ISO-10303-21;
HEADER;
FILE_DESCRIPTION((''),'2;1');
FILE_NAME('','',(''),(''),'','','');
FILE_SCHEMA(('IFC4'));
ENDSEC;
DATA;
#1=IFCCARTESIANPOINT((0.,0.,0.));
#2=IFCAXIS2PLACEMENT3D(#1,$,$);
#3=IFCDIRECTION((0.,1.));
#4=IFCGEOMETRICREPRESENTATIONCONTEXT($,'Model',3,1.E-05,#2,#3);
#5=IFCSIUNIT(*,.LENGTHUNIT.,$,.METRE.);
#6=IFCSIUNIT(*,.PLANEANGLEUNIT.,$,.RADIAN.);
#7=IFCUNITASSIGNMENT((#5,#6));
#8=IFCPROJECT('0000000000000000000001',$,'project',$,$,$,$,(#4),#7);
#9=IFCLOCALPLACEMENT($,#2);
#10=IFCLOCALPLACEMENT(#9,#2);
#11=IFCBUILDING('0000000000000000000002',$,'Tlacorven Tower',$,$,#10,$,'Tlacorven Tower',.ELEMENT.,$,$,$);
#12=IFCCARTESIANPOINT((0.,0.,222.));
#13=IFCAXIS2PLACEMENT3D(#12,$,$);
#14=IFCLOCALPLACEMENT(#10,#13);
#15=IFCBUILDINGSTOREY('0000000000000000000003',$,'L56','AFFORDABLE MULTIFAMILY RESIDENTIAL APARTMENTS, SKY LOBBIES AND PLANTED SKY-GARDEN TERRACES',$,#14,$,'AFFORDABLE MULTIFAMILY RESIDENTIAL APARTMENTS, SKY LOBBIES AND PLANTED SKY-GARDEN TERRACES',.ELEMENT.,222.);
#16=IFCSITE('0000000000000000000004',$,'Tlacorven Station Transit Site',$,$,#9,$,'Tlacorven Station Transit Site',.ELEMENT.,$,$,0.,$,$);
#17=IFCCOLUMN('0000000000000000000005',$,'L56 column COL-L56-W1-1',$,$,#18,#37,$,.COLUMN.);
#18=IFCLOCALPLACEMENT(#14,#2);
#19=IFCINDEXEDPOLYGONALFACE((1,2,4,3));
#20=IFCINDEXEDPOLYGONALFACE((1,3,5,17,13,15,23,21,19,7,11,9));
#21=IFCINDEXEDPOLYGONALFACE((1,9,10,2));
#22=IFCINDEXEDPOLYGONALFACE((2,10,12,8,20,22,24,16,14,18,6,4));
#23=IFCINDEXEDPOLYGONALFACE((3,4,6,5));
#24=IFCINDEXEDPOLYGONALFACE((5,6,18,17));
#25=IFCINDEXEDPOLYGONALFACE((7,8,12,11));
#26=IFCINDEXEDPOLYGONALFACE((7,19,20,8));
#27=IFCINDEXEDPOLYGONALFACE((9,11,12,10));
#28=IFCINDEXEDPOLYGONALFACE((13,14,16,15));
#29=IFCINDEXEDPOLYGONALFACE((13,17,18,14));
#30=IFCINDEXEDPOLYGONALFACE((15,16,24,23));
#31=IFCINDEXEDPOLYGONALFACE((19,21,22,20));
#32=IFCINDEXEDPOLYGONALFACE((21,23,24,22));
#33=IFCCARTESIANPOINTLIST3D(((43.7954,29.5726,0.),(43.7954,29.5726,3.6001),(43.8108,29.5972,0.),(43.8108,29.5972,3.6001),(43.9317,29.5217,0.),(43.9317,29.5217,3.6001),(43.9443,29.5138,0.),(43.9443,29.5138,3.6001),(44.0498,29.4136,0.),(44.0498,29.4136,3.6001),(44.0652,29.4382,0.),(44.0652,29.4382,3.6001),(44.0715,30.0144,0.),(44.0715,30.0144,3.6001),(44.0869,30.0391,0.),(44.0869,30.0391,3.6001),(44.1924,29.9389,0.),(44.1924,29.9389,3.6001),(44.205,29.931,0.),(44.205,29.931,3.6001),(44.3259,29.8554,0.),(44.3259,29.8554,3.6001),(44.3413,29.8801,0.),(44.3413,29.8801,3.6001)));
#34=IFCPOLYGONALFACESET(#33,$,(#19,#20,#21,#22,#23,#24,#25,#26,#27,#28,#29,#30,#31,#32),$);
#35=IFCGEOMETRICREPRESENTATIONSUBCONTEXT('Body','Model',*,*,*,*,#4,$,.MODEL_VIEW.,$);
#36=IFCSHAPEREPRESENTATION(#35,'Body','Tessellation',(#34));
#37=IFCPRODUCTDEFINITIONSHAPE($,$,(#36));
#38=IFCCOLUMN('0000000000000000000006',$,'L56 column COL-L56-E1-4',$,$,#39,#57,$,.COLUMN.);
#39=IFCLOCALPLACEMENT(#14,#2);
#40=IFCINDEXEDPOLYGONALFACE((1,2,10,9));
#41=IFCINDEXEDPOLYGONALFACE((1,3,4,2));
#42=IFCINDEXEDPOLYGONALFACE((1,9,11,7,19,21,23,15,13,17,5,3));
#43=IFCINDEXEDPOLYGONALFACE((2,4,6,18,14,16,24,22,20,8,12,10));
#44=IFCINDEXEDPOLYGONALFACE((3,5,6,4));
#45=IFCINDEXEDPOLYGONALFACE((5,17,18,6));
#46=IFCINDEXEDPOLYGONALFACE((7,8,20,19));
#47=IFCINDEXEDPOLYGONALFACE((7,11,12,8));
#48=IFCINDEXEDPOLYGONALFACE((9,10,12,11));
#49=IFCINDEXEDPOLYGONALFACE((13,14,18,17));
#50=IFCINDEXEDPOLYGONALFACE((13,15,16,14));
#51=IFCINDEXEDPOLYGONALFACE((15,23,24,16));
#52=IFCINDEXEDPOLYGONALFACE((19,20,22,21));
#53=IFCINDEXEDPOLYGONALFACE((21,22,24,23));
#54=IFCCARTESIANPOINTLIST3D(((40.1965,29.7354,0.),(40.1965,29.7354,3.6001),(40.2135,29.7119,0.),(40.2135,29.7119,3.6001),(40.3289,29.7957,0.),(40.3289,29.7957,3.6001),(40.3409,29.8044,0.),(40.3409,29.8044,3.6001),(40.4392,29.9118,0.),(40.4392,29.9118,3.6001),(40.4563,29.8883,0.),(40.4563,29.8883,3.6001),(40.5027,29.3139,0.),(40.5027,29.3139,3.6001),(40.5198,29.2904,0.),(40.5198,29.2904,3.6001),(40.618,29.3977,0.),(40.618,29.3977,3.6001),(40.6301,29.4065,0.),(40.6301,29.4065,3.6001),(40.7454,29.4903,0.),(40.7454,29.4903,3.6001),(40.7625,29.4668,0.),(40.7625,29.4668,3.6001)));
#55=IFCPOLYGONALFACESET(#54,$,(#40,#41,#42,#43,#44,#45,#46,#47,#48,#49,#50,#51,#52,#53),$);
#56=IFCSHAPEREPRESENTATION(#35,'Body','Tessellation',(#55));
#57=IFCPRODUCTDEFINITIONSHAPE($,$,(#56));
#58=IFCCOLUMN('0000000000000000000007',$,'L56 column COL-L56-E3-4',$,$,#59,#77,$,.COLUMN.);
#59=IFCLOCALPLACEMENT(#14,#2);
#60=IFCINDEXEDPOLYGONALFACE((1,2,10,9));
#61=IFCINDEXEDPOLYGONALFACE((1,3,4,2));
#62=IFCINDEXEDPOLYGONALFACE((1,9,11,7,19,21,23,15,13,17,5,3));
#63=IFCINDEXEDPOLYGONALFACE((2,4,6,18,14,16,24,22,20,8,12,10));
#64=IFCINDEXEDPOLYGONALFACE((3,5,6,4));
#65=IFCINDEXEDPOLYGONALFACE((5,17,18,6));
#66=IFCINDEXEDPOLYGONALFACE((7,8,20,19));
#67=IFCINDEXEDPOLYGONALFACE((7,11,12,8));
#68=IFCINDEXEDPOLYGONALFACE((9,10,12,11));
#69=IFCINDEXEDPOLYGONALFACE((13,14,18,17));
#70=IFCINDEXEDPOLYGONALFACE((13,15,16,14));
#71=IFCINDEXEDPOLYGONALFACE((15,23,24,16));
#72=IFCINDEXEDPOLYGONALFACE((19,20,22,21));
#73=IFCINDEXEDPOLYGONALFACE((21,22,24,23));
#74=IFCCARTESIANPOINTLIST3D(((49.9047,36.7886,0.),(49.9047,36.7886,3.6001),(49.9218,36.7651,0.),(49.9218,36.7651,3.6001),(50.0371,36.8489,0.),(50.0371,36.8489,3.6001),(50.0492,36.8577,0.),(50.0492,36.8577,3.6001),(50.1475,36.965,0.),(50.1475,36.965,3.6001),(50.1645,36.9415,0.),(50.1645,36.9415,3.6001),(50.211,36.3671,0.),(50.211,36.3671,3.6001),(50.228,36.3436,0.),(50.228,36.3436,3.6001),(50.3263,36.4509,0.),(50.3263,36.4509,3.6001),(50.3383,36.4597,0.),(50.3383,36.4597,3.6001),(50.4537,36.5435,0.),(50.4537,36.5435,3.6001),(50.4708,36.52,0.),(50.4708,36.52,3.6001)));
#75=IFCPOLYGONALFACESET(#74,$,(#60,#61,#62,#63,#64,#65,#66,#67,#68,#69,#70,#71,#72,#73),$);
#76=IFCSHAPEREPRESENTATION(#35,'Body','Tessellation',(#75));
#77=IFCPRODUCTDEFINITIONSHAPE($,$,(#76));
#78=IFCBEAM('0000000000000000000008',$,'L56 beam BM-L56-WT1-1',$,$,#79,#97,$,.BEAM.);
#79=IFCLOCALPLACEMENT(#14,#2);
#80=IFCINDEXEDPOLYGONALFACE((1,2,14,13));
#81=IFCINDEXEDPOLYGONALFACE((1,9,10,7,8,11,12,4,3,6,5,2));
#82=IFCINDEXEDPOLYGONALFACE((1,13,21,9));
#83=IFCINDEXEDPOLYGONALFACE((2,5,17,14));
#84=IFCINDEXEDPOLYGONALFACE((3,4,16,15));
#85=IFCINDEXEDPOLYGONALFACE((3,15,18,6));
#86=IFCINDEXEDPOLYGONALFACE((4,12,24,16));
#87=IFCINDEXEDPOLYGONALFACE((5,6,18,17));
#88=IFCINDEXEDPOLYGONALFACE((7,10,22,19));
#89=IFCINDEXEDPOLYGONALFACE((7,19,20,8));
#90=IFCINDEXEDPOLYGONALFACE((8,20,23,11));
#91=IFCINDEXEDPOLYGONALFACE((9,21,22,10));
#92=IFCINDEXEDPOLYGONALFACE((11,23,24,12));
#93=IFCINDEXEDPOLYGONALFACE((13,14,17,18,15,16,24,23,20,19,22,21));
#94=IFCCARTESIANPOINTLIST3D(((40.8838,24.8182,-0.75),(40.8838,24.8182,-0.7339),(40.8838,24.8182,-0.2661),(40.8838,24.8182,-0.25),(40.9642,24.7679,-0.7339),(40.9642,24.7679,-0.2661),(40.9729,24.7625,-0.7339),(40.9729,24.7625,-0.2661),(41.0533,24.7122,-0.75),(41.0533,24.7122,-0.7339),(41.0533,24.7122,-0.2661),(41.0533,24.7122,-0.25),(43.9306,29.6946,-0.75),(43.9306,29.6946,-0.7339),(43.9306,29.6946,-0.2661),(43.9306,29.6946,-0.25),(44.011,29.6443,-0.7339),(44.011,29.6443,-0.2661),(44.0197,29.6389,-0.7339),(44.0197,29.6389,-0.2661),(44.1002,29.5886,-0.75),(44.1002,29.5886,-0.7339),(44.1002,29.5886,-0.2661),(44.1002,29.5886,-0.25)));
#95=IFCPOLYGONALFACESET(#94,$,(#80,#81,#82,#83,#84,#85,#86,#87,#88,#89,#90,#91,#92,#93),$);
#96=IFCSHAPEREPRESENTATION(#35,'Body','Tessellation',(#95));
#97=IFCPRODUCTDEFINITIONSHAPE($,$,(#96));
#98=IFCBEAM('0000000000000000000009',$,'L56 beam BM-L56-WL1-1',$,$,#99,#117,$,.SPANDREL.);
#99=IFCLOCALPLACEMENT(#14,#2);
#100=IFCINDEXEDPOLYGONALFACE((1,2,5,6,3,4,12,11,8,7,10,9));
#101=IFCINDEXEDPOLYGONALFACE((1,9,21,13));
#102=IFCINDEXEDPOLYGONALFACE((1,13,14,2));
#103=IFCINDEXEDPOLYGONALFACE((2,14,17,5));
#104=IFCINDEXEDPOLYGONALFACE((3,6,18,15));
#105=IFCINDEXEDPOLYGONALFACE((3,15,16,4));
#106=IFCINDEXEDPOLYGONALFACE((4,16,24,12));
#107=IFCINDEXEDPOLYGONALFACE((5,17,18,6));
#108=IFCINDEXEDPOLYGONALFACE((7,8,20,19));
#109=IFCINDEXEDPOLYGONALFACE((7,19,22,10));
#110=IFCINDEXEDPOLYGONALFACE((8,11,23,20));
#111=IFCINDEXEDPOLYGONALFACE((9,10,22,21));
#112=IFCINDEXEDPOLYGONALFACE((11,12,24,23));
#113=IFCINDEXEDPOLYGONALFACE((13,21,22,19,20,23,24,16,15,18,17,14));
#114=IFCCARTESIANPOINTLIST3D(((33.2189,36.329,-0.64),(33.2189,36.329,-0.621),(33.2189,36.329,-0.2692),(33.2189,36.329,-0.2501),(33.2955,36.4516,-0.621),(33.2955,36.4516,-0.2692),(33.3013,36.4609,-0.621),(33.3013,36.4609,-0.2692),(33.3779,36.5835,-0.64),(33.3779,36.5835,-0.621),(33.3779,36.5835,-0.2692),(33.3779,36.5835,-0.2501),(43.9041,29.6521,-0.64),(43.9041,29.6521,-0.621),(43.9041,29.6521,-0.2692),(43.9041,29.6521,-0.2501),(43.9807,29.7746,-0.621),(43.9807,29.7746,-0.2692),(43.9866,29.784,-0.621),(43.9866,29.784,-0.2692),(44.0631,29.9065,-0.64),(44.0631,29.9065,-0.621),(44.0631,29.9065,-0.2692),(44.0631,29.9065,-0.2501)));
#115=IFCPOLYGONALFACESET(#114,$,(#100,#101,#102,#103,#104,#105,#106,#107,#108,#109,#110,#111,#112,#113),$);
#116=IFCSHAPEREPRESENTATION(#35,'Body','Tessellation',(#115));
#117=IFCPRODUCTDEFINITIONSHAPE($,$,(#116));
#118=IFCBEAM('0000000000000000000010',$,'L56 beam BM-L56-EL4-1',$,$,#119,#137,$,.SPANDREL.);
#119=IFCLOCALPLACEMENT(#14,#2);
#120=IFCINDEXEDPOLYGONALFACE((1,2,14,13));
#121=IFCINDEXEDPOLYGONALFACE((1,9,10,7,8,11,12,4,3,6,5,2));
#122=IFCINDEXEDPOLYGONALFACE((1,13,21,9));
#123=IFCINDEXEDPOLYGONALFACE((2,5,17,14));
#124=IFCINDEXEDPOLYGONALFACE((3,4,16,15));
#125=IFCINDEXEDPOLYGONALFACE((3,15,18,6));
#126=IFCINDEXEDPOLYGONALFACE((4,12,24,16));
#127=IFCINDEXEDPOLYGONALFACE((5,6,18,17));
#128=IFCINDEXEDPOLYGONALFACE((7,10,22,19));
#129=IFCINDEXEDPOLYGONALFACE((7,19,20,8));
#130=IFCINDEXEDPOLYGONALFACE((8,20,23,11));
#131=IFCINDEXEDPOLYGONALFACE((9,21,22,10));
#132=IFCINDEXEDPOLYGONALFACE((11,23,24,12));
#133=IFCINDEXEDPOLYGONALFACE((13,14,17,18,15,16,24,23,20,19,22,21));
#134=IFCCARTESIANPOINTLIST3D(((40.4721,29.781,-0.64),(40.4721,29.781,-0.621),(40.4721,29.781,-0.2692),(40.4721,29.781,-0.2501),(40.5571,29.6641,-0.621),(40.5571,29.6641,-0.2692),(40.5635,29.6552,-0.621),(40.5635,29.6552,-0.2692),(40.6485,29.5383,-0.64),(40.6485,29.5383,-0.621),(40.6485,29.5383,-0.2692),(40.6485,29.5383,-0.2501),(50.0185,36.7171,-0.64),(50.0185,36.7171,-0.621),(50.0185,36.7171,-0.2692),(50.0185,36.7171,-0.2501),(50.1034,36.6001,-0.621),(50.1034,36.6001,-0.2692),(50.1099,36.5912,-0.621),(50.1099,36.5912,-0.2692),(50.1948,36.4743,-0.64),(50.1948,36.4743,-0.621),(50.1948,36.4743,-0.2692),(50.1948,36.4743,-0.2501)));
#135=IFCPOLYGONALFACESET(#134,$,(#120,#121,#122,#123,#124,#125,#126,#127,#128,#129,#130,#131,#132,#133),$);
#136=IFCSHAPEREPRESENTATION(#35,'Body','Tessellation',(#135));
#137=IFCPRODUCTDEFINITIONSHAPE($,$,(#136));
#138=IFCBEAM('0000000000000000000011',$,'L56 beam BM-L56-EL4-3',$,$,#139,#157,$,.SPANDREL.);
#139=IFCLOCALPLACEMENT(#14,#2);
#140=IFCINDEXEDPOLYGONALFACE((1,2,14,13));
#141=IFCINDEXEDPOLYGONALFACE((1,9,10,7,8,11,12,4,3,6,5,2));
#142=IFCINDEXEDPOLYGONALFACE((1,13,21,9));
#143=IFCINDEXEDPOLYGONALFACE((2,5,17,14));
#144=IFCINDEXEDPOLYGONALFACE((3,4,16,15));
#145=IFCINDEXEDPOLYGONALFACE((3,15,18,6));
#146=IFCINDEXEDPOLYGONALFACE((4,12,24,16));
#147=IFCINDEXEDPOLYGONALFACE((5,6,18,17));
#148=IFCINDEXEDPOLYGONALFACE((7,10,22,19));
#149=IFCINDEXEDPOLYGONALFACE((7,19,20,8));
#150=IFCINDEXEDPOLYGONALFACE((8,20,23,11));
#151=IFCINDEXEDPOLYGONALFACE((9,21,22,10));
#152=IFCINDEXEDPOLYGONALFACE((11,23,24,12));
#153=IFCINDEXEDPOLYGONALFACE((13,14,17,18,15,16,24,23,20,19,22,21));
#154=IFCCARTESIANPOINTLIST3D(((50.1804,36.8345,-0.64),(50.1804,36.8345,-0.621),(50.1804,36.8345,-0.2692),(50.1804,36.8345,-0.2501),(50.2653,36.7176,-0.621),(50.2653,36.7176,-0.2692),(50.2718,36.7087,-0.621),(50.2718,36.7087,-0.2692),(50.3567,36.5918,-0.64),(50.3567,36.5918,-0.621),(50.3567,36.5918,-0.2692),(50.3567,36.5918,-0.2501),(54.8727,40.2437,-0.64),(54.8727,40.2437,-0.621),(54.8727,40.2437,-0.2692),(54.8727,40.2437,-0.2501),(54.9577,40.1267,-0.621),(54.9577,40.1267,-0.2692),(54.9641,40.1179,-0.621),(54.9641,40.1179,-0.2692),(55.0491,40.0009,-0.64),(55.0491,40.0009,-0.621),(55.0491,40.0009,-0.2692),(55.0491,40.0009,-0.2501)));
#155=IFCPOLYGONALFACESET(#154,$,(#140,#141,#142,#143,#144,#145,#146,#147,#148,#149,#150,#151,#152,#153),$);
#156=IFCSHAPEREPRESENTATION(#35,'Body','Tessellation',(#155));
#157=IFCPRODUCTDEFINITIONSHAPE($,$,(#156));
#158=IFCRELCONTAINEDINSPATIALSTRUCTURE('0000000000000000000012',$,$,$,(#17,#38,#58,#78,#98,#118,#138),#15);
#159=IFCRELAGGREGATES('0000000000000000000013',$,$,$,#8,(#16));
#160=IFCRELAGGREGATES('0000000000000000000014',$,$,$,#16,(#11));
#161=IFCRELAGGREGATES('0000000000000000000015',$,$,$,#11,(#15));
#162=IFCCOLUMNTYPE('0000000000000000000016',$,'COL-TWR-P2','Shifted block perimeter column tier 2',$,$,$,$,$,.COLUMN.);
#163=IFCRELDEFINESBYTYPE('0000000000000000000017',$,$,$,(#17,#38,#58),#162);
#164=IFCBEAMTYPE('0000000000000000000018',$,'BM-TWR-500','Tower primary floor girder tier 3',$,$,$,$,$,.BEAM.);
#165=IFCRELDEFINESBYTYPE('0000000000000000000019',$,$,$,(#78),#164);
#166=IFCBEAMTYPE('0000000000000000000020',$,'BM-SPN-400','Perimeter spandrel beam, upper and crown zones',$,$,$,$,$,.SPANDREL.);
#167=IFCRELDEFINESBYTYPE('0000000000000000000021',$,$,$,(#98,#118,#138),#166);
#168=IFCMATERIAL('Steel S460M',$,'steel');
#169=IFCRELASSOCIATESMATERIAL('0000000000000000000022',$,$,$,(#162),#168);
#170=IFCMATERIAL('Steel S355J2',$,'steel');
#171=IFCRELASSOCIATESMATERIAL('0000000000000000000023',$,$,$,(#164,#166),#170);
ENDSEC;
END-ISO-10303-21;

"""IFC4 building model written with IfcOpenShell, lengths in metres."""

from ifc_helpers import new_model, si_unit, direction, frame, origin, origin_2d, place, context, subcontext, project, spatial, i_section, extrude, source, transform, mapped, material, material_profile, profile_set, type_object, element, save


model = new_model("IFC4")

# Units and contexts
model_context = context("Model", 3, precision=1e-05, world=origin(), true_north=direction((0.0, 1.0)))
body_context = subcontext(model_context, "Body", "Model", "MODEL_VIEW")
ifc_project = project(units=[si_unit("LENGTHUNIT", "METRE"), si_unit("PLANEANGLEUNIT", "RADIAN")], contexts=[model_context])

# Site, building, storey
site_placement = place(None, origin())
site = spatial("IfcSite", under=ifc_project, at=site_placement, Name="Tlacorven Station Transit Site", LongName="Tlacorven Station Transit Site", CompositionType="ELEMENT", RefElevation=0.0)
building_placement = place(site_placement, origin())
building = spatial("IfcBuilding", under=site, at=building_placement, Name="Tlacorven Tower", LongName="Tlacorven Tower", CompositionType="ELEMENT")
storey_placement = place(building_placement, frame((0.0, 0.0, 222.0)))
storey = spatial("IfcBuildingStorey", under=building, at=storey_placement, Name="L56", Description="AFFORDABLE MULTIFAMILY RESIDENTIAL APARTMENTS, SKY LOBBIES AND PLANTED SKY-GARDEN TERRACES", LongName="AFFORDABLE MULTIFAMILY RESIDENTIAL APARTMENTS, SKY LOBBIES AND PLANTED SKY-GARDEN TERRACES", CompositionType="ELEMENT", Elevation=222.0)

# Columns
ifc_material_1 = material(Name="Steel S460M", Category="steel")
ifc_material_profile_1 = material_profile(ifc_material_1, i_section(OverallWidth=0.3, OverallDepth=0.55, WebThickness=0.0149, FlangeThickness=0.0291, at=origin_2d()), Name="HEB 550")
ifc_profile_set_1 = profile_set([ifc_material_profile_1], Name="Steel S460M")
column_type = type_object("IfcColumnType", Name="COL-TWR-P2", Description="Shifted block perimeter column tier 2", PredefinedType="COLUMN", material=ifc_profile_set_1)
shared_shape_1 = source(origin(), body_context, "Body", "SweptSolid", [
    extrude(i_section(OverallWidth=0.3, OverallDepth=0.55, WebThickness=0.0149, FlangeThickness=0.0291, at=origin_2d()), origin(), (0.0, 0.0, 1.0), 3.6001),
])
for number, where, z_axis, x_axis, name in (
    (1, (44.0684, 29.7263, 0.0), (0.0, 0.0, 1.0), (-0.848048, 0.529919, 0.0), "L56 column COL-L56-W1-1"),
    (2, (40.4795, 29.6011, 0.0), (0.0, 0.0, 1.0), (0.809017, 0.587785, 0.0), "L56 column COL-L56-E1-4"),
    (3, (50.1877, 36.6543, 0.0), (0.0, 0.0, 1.0), (0.809017, 0.587785, 0.0), "L56 column COL-L56-E3-4"),
):
    element("IfcColumn", number, at=place(storey_placement, frame(where, z_axis=z_axis, x_axis=x_axis)), inside=storey, type_object=column_type, Name=name, PredefinedType="COLUMN", context=body_context, shape_type="MappedRepresentation", body=[
        mapped(shared_shape_1, transform((0.0, 0.0, 0.0), scale=1.0)),
    ])

# Beams
ifc_material_2 = material(Name="Steel S355J2", Category="steel")
ifc_material_profile_2 = material_profile(ifc_material_2, i_section(OverallWidth=0.2, OverallDepth=0.5, WebThickness=0.0103, FlangeThickness=0.0161, at=origin_2d()), Name="IPE 500")
ifc_profile_set_2 = profile_set([ifc_material_profile_2], Name="Steel S355J2")
beam_type_1 = type_object("IfcBeamType", Name="BM-TWR-500", Description="Tower primary floor girder tier 3", PredefinedType="BEAM", material=ifc_profile_set_2)
shared_shape_2 = source(origin(), body_context, "Body", "SweptSolid", [
    extrude(i_section(OverallWidth=0.2, OverallDepth=0.5, WebThickness=0.0103, FlangeThickness=0.0161, at=origin_2d()), origin(), (0.0, 0.0, 1.0), 5.75),
])
beam_1_placement = place(storey_placement, frame((44.0154, 29.6416, -0.5), z_axis=(-0.529884, -0.84807, 0.0), x_axis=(0.84807, -0.529884, 0.0)))
element("IfcBeam", 4, at=beam_1_placement, inside=storey, type_object=beam_type_1, Name="L56 beam BM-L56-WT1-1", PredefinedType="BEAM", context=body_context, shape_type="MappedRepresentation", body=[
    mapped(shared_shape_2, transform((0.0, 0.0, 0.0), scale=1.0)),
])
ifc_material_profile_3 = material_profile(ifc_material_2, i_section(OverallWidth=0.3, OverallDepth=0.3899, WebThickness=0.011, FlangeThickness=0.019, at=origin_2d()), Name="HEA 400")
ifc_profile_set_3 = profile_set([ifc_material_profile_3], Name="Steel S355J2")
beam_type_2 = type_object("IfcBeamType", Name="BM-SPN-400", Description="Perimeter spandrel beam, upper and crown zones", PredefinedType="SPANDREL", material=ifc_profile_set_3)
shared_shape_3 = source(origin(), body_context, "Body", "SweptSolid", [
    extrude(i_section(OverallWidth=0.3, OverallDepth=0.3899, WebThickness=0.011, FlangeThickness=0.019, at=origin_2d()), origin(), (0.0, 0.0, 1.0), 12.5999),
])
beam_2_placement = place(storey_placement, frame((43.9836, 29.7793, -0.4451), z_axis=(-0.848045, 0.529924, 0.0), x_axis=(-0.529924, -0.848045, 0.0)))
element("IfcBeam", 5, at=beam_2_placement, inside=storey, type_object=beam_type_2, Name="L56 beam BM-L56-WL1-1", PredefinedType="SPANDREL", context=body_context, shape_type="MappedRepresentation", body=[
    mapped(shared_shape_3, transform((0.0, 0.0, 0.0), scale=1.0)),
])
shared_shape_4 = source(origin(), body_context, "Body", "SweptSolid", [
    extrude(i_section(OverallWidth=0.3, OverallDepth=0.3899, WebThickness=0.011, FlangeThickness=0.019, at=origin_2d()), origin(), (0.0, 0.0, 1.0), 11.8),
])
beam_3_placement = place(storey_placement, frame((40.5603, 29.6597, -0.4451), z_axis=(0.80901, 0.587795, 0.0), x_axis=(-0.587795, 0.80901, 0.0)))
element("IfcBeam", 6, at=beam_3_placement, inside=storey, type_object=beam_type_2, Name="L56 beam BM-L56-EL4-1", PredefinedType="SPANDREL", context=body_context, shape_type="MappedRepresentation", body=[
    mapped(shared_shape_4, transform((0.0, 0.0, 0.0), scale=1.0)),
])
shared_shape_5 = source(origin(), body_context, "Body", "SweptSolid", [
    extrude(i_section(OverallWidth=0.3, OverallDepth=0.3899, WebThickness=0.011, FlangeThickness=0.019, at=origin_2d()), origin(), (0.0, 0.0, 1.0), 5.8),
])
beam_4_placement = place(storey_placement, frame((50.2686, 36.7131, -0.4451), z_axis=(0.80902, 0.587781, 0.0), x_axis=(-0.587781, 0.80902, 0.0)))
element("IfcBeam", 7, at=beam_4_placement, inside=storey, type_object=beam_type_2, Name="L56 beam BM-L56-EL4-3", PredefinedType="SPANDREL", context=body_context, shape_type="MappedRepresentation", body=[
    mapped(shared_shape_5, transform((0.0, 0.0, 0.0), scale=1.0)),
])

save(model, "model.ifc")
